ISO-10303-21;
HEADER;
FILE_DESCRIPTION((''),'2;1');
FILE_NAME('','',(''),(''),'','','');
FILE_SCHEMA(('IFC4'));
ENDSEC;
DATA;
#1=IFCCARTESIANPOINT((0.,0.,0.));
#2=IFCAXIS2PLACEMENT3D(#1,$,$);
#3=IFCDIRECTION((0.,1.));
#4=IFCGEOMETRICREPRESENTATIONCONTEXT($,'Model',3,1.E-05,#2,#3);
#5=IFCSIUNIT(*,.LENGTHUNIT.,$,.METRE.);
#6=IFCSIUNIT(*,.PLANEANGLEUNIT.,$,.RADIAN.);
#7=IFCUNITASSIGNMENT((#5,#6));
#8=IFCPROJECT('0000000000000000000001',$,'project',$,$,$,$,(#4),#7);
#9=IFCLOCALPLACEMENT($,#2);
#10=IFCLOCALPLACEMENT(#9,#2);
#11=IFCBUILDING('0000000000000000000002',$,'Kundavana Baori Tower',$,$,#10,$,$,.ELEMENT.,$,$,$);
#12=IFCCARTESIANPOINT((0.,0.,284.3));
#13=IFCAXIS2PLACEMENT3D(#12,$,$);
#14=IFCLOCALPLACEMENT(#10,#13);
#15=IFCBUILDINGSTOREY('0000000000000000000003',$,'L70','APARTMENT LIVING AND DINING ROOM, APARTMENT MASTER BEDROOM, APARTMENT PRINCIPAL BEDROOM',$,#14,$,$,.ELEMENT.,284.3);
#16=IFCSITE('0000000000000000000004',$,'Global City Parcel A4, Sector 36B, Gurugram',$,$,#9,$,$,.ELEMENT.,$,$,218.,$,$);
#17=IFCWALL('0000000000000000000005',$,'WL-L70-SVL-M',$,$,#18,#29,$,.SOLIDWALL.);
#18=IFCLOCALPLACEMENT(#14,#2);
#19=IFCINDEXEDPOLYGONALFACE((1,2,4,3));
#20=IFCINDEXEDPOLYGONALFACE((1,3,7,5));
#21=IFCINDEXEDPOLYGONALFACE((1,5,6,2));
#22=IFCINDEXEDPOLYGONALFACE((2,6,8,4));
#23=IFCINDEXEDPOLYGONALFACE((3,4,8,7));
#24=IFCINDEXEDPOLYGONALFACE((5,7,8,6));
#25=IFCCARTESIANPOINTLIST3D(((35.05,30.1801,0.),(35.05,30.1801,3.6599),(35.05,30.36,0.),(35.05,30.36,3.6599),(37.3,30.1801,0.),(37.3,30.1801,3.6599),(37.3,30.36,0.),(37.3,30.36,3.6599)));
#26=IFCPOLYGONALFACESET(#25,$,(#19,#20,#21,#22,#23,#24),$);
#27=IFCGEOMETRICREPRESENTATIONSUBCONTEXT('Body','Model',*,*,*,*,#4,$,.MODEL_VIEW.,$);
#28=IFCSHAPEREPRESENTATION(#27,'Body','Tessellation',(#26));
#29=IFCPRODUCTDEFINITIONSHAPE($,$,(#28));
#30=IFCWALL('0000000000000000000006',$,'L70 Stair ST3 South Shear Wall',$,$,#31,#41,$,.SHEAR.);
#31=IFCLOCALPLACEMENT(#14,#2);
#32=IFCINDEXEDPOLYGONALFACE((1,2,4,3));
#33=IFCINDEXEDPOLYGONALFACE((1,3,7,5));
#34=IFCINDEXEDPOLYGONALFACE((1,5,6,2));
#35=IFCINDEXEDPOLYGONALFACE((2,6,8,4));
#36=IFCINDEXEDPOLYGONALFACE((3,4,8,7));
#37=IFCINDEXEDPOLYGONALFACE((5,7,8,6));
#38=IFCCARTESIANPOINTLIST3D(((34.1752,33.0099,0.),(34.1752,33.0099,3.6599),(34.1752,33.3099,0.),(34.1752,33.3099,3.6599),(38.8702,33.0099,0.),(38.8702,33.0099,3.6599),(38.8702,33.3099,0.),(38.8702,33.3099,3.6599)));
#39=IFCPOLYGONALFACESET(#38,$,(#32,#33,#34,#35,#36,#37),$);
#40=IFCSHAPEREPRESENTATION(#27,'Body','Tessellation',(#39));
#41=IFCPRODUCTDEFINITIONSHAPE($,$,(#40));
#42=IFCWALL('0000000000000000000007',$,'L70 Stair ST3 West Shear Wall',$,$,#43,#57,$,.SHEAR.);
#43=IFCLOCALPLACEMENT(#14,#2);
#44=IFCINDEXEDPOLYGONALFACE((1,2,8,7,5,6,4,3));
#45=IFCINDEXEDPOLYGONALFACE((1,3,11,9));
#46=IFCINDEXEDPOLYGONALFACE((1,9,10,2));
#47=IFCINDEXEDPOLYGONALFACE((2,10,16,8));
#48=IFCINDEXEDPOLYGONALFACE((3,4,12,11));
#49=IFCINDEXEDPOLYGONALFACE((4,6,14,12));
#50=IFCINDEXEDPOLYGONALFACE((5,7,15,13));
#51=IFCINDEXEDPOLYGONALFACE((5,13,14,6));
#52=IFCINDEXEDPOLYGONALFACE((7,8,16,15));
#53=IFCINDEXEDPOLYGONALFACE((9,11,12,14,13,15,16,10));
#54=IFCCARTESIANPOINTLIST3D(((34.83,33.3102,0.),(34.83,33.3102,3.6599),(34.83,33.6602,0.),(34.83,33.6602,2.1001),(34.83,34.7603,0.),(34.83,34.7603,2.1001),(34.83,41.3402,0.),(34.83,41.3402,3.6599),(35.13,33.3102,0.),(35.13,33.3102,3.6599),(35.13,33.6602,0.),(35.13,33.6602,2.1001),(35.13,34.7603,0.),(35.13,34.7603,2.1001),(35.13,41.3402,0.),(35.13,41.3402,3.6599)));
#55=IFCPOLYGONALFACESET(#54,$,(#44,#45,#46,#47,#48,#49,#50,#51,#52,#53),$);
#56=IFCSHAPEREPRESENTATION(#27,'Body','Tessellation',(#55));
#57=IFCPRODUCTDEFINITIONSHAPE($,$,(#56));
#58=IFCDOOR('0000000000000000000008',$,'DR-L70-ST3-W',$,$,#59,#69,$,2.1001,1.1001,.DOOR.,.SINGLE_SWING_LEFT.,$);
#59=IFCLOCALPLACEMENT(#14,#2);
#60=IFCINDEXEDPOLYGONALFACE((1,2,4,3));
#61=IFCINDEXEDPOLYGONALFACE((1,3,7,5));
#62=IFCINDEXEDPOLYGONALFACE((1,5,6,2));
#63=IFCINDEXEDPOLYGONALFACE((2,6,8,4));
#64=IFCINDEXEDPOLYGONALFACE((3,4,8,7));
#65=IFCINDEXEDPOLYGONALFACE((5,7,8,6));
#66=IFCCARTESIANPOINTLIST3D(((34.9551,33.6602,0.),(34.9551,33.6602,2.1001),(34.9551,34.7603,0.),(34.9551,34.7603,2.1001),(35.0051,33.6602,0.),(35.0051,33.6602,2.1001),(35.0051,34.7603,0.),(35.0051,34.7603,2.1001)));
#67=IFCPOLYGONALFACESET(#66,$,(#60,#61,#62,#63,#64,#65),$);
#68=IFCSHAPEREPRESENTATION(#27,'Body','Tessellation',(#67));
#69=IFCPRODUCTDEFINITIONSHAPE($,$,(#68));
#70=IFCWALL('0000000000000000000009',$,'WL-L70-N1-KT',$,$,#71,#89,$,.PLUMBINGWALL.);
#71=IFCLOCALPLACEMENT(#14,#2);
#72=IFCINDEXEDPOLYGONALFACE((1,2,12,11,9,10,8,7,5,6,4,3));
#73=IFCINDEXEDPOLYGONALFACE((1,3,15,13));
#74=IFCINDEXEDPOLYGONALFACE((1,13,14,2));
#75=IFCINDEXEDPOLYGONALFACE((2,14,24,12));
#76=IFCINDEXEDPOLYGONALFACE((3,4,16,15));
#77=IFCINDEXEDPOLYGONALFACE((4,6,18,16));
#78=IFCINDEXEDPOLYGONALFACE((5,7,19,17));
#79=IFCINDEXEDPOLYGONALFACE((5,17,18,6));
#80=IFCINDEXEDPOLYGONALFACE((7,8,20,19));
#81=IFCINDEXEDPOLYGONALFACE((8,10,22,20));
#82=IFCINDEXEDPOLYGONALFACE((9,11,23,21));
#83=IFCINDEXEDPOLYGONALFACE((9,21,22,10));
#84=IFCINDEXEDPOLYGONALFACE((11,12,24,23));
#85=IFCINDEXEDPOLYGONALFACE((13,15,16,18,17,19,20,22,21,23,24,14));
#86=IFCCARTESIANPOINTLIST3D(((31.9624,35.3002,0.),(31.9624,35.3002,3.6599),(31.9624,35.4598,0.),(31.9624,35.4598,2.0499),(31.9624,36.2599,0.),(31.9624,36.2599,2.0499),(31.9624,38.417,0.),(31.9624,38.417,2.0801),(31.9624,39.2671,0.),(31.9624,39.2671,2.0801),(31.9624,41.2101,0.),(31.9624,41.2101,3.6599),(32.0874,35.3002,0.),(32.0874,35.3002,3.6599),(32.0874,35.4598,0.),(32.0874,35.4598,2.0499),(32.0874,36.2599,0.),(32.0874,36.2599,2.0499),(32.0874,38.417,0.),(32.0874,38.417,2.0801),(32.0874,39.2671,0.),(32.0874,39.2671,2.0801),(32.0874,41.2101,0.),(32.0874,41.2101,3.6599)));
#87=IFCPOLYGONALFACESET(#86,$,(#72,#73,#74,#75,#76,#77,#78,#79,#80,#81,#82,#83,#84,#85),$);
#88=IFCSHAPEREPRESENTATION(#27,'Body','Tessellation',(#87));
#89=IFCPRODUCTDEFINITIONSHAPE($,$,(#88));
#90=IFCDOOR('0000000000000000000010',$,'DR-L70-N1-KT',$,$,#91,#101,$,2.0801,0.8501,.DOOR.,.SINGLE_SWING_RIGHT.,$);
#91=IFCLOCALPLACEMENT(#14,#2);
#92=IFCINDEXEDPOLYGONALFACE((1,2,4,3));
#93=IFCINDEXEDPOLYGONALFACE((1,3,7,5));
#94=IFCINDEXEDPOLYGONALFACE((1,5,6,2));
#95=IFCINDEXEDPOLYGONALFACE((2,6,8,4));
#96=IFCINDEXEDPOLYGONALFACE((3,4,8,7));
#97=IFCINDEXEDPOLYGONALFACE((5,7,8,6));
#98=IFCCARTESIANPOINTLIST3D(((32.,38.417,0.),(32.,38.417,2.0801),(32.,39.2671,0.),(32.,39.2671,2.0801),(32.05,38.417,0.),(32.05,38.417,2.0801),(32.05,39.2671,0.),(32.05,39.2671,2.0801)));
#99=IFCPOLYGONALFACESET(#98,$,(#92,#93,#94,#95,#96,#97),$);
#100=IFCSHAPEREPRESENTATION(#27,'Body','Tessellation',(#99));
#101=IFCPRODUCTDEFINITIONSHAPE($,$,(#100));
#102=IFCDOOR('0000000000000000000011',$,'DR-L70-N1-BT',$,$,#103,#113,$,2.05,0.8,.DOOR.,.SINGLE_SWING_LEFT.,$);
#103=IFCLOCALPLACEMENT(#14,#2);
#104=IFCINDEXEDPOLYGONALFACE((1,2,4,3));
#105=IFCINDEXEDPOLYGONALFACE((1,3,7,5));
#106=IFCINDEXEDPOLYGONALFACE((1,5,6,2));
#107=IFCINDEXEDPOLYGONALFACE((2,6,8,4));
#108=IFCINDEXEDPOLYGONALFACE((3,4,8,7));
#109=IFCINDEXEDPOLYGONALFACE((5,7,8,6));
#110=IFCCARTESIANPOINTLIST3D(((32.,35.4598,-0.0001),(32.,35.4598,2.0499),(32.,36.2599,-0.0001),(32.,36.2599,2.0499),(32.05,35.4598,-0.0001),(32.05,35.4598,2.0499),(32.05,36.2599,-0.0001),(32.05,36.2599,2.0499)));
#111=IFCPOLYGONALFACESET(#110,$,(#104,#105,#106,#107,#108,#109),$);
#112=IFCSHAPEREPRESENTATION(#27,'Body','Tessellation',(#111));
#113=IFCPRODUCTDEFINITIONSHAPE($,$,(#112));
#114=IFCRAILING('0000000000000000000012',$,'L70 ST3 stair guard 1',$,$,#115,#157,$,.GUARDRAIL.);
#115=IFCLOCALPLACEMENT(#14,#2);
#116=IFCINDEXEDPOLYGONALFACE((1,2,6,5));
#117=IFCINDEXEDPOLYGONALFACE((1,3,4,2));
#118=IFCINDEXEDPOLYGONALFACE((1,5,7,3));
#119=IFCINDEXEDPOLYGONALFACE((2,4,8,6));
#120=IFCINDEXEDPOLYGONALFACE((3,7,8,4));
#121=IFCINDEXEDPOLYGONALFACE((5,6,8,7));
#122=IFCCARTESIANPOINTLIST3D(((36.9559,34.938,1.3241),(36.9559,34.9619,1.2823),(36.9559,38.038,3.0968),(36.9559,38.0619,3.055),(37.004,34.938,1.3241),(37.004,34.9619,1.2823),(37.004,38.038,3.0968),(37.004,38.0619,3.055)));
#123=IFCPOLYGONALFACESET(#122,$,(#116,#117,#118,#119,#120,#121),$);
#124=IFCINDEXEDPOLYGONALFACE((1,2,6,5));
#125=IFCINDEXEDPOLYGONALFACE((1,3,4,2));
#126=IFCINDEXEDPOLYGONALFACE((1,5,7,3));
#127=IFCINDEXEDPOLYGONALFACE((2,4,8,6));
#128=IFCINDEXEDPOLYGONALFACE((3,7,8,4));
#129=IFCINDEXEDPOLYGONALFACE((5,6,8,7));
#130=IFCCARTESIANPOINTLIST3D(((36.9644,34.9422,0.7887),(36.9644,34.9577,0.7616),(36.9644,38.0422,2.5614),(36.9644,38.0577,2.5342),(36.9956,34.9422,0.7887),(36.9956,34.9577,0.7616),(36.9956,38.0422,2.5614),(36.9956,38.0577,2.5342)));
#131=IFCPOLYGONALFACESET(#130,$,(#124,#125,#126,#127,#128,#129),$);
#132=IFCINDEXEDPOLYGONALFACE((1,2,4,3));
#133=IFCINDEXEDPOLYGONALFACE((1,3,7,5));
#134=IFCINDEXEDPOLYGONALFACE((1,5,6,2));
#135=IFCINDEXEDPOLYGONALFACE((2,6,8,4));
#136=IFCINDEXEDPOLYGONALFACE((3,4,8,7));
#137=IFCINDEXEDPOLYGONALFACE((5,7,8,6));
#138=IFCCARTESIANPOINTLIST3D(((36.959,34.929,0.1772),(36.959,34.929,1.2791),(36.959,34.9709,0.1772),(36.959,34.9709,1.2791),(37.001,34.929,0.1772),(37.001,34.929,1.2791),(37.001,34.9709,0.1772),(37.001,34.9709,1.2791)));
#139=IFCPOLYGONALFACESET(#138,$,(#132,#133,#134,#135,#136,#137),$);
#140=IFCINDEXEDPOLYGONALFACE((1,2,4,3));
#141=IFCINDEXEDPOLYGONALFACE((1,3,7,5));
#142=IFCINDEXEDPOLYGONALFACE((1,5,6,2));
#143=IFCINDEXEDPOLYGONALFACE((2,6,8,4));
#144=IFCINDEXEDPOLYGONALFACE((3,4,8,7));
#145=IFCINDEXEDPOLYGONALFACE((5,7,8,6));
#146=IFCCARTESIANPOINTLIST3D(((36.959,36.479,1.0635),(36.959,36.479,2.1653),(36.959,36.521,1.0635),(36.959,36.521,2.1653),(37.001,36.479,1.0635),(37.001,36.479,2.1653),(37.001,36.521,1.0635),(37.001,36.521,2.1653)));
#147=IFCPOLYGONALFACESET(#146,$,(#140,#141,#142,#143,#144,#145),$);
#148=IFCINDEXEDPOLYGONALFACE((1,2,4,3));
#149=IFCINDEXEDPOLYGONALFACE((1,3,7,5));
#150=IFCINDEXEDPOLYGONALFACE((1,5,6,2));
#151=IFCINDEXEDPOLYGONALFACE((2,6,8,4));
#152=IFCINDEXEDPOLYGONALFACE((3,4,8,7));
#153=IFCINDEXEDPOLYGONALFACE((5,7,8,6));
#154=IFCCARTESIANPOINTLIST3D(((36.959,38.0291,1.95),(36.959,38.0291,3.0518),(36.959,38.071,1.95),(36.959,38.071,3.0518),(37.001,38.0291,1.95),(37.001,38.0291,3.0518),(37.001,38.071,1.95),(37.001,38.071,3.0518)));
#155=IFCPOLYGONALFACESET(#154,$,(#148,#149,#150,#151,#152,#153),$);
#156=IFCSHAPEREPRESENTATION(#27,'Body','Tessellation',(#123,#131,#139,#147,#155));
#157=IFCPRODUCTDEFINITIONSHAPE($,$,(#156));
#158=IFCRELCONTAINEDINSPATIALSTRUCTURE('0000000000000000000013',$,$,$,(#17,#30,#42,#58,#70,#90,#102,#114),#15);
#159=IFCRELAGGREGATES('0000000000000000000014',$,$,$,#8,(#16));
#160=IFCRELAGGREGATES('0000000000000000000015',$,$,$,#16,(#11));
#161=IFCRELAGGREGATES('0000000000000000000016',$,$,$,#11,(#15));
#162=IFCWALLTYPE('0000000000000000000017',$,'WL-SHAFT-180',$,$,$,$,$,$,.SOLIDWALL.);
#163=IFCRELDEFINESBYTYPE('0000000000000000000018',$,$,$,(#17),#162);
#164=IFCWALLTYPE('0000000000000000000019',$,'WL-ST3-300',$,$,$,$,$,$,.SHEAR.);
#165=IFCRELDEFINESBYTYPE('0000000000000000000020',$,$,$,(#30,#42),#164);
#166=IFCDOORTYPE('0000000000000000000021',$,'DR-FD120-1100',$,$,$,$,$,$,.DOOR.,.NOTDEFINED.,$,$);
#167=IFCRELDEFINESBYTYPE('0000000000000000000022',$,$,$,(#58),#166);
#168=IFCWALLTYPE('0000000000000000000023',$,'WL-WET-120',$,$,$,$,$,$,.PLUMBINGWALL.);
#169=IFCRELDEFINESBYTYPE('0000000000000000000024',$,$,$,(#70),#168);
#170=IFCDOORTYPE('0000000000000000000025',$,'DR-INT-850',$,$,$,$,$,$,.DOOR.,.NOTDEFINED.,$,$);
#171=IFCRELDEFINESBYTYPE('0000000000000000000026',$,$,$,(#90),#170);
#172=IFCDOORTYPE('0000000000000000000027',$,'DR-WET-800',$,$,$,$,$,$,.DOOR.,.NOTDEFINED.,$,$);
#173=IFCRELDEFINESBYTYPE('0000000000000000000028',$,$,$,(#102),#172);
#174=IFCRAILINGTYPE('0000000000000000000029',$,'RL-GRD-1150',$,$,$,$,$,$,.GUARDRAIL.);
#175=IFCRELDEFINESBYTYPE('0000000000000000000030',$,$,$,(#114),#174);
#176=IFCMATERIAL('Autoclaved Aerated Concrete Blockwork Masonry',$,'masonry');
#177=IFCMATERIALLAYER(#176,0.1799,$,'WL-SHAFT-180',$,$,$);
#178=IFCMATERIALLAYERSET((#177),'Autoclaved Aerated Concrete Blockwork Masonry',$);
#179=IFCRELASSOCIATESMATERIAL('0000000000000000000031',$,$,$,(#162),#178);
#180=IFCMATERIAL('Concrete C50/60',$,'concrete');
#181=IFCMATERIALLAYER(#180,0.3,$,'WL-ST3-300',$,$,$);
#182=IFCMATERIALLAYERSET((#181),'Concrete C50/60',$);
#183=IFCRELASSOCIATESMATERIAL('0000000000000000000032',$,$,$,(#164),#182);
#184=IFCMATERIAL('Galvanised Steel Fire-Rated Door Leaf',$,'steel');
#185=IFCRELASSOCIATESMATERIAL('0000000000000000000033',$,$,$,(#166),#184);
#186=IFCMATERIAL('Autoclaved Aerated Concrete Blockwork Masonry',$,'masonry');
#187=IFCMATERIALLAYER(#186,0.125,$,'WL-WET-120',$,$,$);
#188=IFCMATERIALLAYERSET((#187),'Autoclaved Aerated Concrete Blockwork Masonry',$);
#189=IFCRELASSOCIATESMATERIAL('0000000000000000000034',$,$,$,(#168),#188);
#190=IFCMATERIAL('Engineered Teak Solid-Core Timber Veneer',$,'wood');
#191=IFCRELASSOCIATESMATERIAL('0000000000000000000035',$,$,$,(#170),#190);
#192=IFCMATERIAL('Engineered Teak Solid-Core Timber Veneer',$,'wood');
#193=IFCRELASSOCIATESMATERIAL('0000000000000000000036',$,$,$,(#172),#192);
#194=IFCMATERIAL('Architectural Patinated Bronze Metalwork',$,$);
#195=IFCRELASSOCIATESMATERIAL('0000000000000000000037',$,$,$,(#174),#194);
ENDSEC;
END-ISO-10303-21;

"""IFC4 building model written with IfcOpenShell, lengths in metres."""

from ifc_helpers import new_model, si_unit, direction, frame, frame_2d, origin, origin_2d, place, context, subcontext, project, spatial, rectangle, extrude, material, layer, layer_set, type_object, element, fill, save


model = new_model("IFC4")

# Units and contexts
model_context = context("Model", 3, precision=1e-05, world=origin(), true_north=direction((0.0, 1.0)))
body_context = subcontext(model_context, "Body", "Model", "MODEL_VIEW")
ifc_project = project(units=[si_unit("LENGTHUNIT", "METRE"), si_unit("PLANEANGLEUNIT", "RADIAN")], contexts=[model_context])

# Site, building, storey
site_placement = place(None, origin())
site = spatial("IfcSite", under=ifc_project, at=site_placement, Name="Global City Parcel A4, Sector 36B, Gurugram", CompositionType="ELEMENT", RefElevation=218.0)
building_placement = place(site_placement, origin())
building = spatial("IfcBuilding", under=site, at=building_placement, Name="Kundavana Baori Tower", CompositionType="ELEMENT")
storey_placement = place(building_placement, frame((0.0, 0.0, 284.3)))
storey = spatial("IfcBuildingStorey", under=building, at=storey_placement, Name="L70", Description="APARTMENT LIVING AND DINING ROOM, APARTMENT MASTER BEDROOM, APARTMENT PRINCIPAL BEDROOM", CompositionType="ELEMENT", Elevation=284.3)

# Walls
ifc_material_1 = material(Name="Autoclaved Aerated Concrete Blockwork Masonry", Category="masonry")
ifc_layer_1 = layer(ifc_material_1, 0.1799, Name="WL-SHAFT-180")
ifc_layer_set_1 = layer_set([ifc_layer_1], Name="Autoclaved Aerated Concrete Blockwork Masonry")
wall_type_1 = type_object("IfcWallType", Name="WL-SHAFT-180", PredefinedType="SOLIDWALL", material=ifc_layer_set_1)
for number, where, z_axis, x_axis, name in (
    (1, (35.05, 30.27, 0.0), (0.0, 0.0, 1.0), (1.0, 0.0, 0.0), "WL-L70-SVL-M"),
):
    element("IfcWall", number, at=place(storey_placement, frame(where, z_axis=z_axis, x_axis=x_axis)), inside=storey, type_object=wall_type_1, Name=name, PredefinedType="SOLIDWALL", context=body_context, shape_type="SweptSolid", body=[
        extrude(rectangle(XDim=2.25, YDim=0.1799, at=frame_2d((1.125, 0.0))), origin(), (0.0, 0.0, 1.0), 3.6599),
    ])
ifc_material_2 = material(Name="Concrete C50/60", Category="concrete")
ifc_layer_2 = layer(ifc_material_2, 0.3, Name="WL-ST3-300")
ifc_layer_set_2 = layer_set([ifc_layer_2], Name="Concrete C50/60")
wall_type_2 = type_object("IfcWallType", Name="WL-ST3-300", PredefinedType="SHEAR", material=ifc_layer_set_2)
wall_1_placement = place(storey_placement, frame((34.175, 33.1599, 0.0), z_axis=(0.0, 0.0, 1.0), x_axis=(1.0, 0.0, 0.0)))
element("IfcWall", 2, at=wall_1_placement, inside=storey, type_object=wall_type_2, Name="L70 Stair ST3 South Shear Wall", PredefinedType="SHEAR", context=body_context, shape_type="SweptSolid", body=[
    extrude(rectangle(XDim=4.6951, YDim=0.3, at=frame_2d((2.3477, 0.0))), origin(), (0.0, 0.0, 1.0), 3.6599),
])

# Wall, opening, door
wall_2_placement = place(storey_placement, frame((34.98, 33.3101, 0.0), z_axis=(0.0, 0.0, 1.0), x_axis=(0.0, 1.0, 0.0)))
wall_2 = element("IfcWall", 3, at=wall_2_placement, inside=storey, type_object=wall_type_2, Name="L70 Stair ST3 West Shear Wall", PredefinedType="SHEAR", context=body_context, shape_type="SweptSolid", body=[
    extrude(rectangle(XDim=8.03, YDim=0.3, at=frame_2d((4.0151, 0.0))), origin(), (0.0, 0.0, 1.0), 3.6599),
])
opening_1_placement = place(wall_2_placement, frame((0.3501, 0.0, 0.0)))
opening_1 = element("IfcOpeningElement", 4, at=opening_1_placement, cuts=wall_2, PredefinedType="OPENING", context=body_context, shape_type="SweptSolid", body=[
    extrude(rectangle(XDim=1.1001, YDim=2.1001, at=frame_2d((0.55, 1.05))), frame((0.0, 0.1602, 0.0), z_axis=(0.0, -1.0, 0.0), x_axis=(1.0, 0.0, 0.0)), (0.0, 0.0, 1.0), 0.3201),
])
ifc_material_3 = material(Name="Galvanised Steel Fire-Rated Door Leaf", Category="steel")
door_type_1 = type_object("IfcDoorType", Name="DR-FD120-1100", OperationType="NOTDEFINED", PredefinedType="DOOR", material=ifc_material_3)
door_1_placement = place(opening_1_placement, origin())
door_1 = element("IfcDoor", 5, at=door_1_placement, inside=storey, type_object=door_type_1, Name="DR-L70-ST3-W", OperationType="SINGLE_SWING_LEFT", OverallHeight=2.1001, OverallWidth=1.1001, PredefinedType="DOOR", context=body_context, shape_type="SweptSolid", body=[
    extrude(rectangle(XDim=1.1001, YDim=2.1001, at=frame_2d((0.55, 1.05))), frame((0.0, 0.0249, 0.0), z_axis=(0.0, -1.0, 0.0), x_axis=(1.0, 0.0, 0.0)), (0.0, 0.0, 1.0), 0.05),
])
fill(opening_1, door_1)

# Wall, openings, doors
ifc_material_4 = material(Name="Autoclaved Aerated Concrete Blockwork Masonry", Category="masonry")
ifc_layer_3 = layer(ifc_material_4, 0.125, Name="WL-WET-120")
ifc_layer_set_3 = layer_set([ifc_layer_3], Name="Autoclaved Aerated Concrete Blockwork Masonry")
wall_type_3 = type_object("IfcWallType", Name="WL-WET-120", PredefinedType="PLUMBINGWALL", material=ifc_layer_set_3)
wall_3_placement = place(storey_placement, frame((32.0249, 35.3, 0.0), z_axis=(0.0, 0.0, 1.0), x_axis=(0.0, 1.0, 0.0)))
wall_3 = element("IfcWall", 6, at=wall_3_placement, inside=storey, type_object=wall_type_3, Name="WL-L70-N1-KT", PredefinedType="PLUMBINGWALL", context=body_context, shape_type="SweptSolid", body=[
    extrude(rectangle(XDim=5.9099, YDim=0.125, at=frame_2d((2.9551, 0.0))), origin(), (0.0, 0.0, 1.0), 3.6599),
])
opening_2_placement = place(wall_3_placement, frame((0.1599, 0.0, 0.0)))
opening_2 = element("IfcOpeningElement", 7, at=opening_2_placement, cuts=wall_3, PredefinedType="OPENING", context=body_context, shape_type="SweptSolid", body=[
    extrude(rectangle(XDim=0.8, YDim=2.05, at=frame_2d((0.3999, 1.0249))), frame((0.0, 0.0725, 0.0), z_axis=(0.0, -1.0, 0.0), x_axis=(1.0, 0.0, 0.0)), (0.0, 0.0, 1.0), 0.145),
])
opening_3_placement = place(wall_3_placement, frame((3.1169, 0.0, 0.0)))
opening_3 = element("IfcOpeningElement", 8, at=opening_3_placement, cuts=wall_3, PredefinedType="OPENING", context=body_context, shape_type="SweptSolid", body=[
    extrude(rectangle(XDim=0.8501, YDim=2.0801, at=frame_2d((0.425, 1.04))), frame((0.0, 0.0725, 0.0), z_axis=(0.0, -1.0, 0.0), x_axis=(1.0, 0.0, 0.0)), (0.0, 0.0, 1.0), 0.145),
])
ifc_material_5 = material(Name="Engineered Teak Solid-Core Timber Veneer", Category="wood")
door_type_2 = type_object("IfcDoorType", Name="DR-INT-850", OperationType="NOTDEFINED", PredefinedType="DOOR", material=ifc_material_5)
door_2_placement = place(opening_3_placement, origin())
door_2 = element("IfcDoor", 9, at=door_2_placement, inside=storey, type_object=door_type_2, Name="DR-L70-N1-KT", OperationType="SINGLE_SWING_RIGHT", OverallHeight=2.0801, OverallWidth=0.8501, PredefinedType="DOOR", context=body_context, shape_type="SweptSolid", body=[
    extrude(rectangle(XDim=0.8501, YDim=2.0801, at=frame_2d((0.425, 1.04))), frame((0.0, 0.0249, 0.0), z_axis=(0.0, -1.0, 0.0), x_axis=(1.0, 0.0, 0.0)), (0.0, 0.0, 1.0), 0.05),
])
fill(opening_3, door_2)
ifc_material_6 = material(Name="Engineered Teak Solid-Core Timber Veneer", Category="wood")
door_type_3 = type_object("IfcDoorType", Name="DR-WET-800", OperationType="NOTDEFINED", PredefinedType="DOOR", material=ifc_material_6)
door_3_placement = place(opening_2_placement, origin())
door_3 = element("IfcDoor", 10, at=door_3_placement, inside=storey, type_object=door_type_3, Name="DR-L70-N1-BT", OperationType="SINGLE_SWING_LEFT", OverallHeight=2.05, OverallWidth=0.8, PredefinedType="DOOR", context=body_context, shape_type="SweptSolid", body=[
    extrude(rectangle(XDim=0.8, YDim=2.05, at=frame_2d((0.3999, 1.0249))), frame((0.0, 0.0249, 0.0), z_axis=(0.0, -1.0, 0.0), x_axis=(1.0, 0.0, 0.0)), (0.0, 0.0, 1.0), 0.05),
])
fill(opening_2, door_3)

# Railing
ifc_material_7 = material(Name="Architectural Patinated Bronze Metalwork")
railing_type = type_object("IfcRailingType", Name="RL-GRD-1150", PredefinedType="GUARDRAIL", material=ifc_material_7)
railing_1_placement = place(storey_placement, frame((36.98, 34.95, 0.1772)))
element("IfcRailing", 11, at=railing_1_placement, inside=storey, type_object=railing_type, Name="L70 ST3 stair guard 1", PredefinedType="GUARDRAIL", context=body_context, shape_type="SweptSolid", body=[
    extrude(rectangle(XDim=0.0481, YDim=0.0481, at=origin_2d()), frame((0.0, 0.0, 1.126), z_axis=(0.0, 0.868096, 0.496397), x_axis=(-1.0, 0.0, 0.0)), (0.0, 0.0, 1.0), 3.571),
    extrude(rectangle(XDim=0.0312, YDim=0.0312, at=origin_2d()), frame((0.0, 0.0, 0.5979), z_axis=(0.0, 0.868096, 0.496397), x_axis=(-1.0, 0.0, 0.0)), (0.0, 0.0, 1.0), 3.571),
    extrude(rectangle(XDim=0.042, YDim=0.042, at=origin_2d()), origin(), (0.0, 0.0, 1.0), 1.1018),
    extrude(rectangle(XDim=0.042, YDim=0.042, at=origin_2d()), frame((0.0, 1.55, 0.8862)), (0.0, 0.0, 1.0), 1.1018),
    extrude(rectangle(XDim=0.042, YDim=0.042, at=origin_2d()), frame((0.0, 3.1001, 1.7727)), (0.0, 0.0, 1.0), 1.1018),
])

save(model, "model.ifc")
